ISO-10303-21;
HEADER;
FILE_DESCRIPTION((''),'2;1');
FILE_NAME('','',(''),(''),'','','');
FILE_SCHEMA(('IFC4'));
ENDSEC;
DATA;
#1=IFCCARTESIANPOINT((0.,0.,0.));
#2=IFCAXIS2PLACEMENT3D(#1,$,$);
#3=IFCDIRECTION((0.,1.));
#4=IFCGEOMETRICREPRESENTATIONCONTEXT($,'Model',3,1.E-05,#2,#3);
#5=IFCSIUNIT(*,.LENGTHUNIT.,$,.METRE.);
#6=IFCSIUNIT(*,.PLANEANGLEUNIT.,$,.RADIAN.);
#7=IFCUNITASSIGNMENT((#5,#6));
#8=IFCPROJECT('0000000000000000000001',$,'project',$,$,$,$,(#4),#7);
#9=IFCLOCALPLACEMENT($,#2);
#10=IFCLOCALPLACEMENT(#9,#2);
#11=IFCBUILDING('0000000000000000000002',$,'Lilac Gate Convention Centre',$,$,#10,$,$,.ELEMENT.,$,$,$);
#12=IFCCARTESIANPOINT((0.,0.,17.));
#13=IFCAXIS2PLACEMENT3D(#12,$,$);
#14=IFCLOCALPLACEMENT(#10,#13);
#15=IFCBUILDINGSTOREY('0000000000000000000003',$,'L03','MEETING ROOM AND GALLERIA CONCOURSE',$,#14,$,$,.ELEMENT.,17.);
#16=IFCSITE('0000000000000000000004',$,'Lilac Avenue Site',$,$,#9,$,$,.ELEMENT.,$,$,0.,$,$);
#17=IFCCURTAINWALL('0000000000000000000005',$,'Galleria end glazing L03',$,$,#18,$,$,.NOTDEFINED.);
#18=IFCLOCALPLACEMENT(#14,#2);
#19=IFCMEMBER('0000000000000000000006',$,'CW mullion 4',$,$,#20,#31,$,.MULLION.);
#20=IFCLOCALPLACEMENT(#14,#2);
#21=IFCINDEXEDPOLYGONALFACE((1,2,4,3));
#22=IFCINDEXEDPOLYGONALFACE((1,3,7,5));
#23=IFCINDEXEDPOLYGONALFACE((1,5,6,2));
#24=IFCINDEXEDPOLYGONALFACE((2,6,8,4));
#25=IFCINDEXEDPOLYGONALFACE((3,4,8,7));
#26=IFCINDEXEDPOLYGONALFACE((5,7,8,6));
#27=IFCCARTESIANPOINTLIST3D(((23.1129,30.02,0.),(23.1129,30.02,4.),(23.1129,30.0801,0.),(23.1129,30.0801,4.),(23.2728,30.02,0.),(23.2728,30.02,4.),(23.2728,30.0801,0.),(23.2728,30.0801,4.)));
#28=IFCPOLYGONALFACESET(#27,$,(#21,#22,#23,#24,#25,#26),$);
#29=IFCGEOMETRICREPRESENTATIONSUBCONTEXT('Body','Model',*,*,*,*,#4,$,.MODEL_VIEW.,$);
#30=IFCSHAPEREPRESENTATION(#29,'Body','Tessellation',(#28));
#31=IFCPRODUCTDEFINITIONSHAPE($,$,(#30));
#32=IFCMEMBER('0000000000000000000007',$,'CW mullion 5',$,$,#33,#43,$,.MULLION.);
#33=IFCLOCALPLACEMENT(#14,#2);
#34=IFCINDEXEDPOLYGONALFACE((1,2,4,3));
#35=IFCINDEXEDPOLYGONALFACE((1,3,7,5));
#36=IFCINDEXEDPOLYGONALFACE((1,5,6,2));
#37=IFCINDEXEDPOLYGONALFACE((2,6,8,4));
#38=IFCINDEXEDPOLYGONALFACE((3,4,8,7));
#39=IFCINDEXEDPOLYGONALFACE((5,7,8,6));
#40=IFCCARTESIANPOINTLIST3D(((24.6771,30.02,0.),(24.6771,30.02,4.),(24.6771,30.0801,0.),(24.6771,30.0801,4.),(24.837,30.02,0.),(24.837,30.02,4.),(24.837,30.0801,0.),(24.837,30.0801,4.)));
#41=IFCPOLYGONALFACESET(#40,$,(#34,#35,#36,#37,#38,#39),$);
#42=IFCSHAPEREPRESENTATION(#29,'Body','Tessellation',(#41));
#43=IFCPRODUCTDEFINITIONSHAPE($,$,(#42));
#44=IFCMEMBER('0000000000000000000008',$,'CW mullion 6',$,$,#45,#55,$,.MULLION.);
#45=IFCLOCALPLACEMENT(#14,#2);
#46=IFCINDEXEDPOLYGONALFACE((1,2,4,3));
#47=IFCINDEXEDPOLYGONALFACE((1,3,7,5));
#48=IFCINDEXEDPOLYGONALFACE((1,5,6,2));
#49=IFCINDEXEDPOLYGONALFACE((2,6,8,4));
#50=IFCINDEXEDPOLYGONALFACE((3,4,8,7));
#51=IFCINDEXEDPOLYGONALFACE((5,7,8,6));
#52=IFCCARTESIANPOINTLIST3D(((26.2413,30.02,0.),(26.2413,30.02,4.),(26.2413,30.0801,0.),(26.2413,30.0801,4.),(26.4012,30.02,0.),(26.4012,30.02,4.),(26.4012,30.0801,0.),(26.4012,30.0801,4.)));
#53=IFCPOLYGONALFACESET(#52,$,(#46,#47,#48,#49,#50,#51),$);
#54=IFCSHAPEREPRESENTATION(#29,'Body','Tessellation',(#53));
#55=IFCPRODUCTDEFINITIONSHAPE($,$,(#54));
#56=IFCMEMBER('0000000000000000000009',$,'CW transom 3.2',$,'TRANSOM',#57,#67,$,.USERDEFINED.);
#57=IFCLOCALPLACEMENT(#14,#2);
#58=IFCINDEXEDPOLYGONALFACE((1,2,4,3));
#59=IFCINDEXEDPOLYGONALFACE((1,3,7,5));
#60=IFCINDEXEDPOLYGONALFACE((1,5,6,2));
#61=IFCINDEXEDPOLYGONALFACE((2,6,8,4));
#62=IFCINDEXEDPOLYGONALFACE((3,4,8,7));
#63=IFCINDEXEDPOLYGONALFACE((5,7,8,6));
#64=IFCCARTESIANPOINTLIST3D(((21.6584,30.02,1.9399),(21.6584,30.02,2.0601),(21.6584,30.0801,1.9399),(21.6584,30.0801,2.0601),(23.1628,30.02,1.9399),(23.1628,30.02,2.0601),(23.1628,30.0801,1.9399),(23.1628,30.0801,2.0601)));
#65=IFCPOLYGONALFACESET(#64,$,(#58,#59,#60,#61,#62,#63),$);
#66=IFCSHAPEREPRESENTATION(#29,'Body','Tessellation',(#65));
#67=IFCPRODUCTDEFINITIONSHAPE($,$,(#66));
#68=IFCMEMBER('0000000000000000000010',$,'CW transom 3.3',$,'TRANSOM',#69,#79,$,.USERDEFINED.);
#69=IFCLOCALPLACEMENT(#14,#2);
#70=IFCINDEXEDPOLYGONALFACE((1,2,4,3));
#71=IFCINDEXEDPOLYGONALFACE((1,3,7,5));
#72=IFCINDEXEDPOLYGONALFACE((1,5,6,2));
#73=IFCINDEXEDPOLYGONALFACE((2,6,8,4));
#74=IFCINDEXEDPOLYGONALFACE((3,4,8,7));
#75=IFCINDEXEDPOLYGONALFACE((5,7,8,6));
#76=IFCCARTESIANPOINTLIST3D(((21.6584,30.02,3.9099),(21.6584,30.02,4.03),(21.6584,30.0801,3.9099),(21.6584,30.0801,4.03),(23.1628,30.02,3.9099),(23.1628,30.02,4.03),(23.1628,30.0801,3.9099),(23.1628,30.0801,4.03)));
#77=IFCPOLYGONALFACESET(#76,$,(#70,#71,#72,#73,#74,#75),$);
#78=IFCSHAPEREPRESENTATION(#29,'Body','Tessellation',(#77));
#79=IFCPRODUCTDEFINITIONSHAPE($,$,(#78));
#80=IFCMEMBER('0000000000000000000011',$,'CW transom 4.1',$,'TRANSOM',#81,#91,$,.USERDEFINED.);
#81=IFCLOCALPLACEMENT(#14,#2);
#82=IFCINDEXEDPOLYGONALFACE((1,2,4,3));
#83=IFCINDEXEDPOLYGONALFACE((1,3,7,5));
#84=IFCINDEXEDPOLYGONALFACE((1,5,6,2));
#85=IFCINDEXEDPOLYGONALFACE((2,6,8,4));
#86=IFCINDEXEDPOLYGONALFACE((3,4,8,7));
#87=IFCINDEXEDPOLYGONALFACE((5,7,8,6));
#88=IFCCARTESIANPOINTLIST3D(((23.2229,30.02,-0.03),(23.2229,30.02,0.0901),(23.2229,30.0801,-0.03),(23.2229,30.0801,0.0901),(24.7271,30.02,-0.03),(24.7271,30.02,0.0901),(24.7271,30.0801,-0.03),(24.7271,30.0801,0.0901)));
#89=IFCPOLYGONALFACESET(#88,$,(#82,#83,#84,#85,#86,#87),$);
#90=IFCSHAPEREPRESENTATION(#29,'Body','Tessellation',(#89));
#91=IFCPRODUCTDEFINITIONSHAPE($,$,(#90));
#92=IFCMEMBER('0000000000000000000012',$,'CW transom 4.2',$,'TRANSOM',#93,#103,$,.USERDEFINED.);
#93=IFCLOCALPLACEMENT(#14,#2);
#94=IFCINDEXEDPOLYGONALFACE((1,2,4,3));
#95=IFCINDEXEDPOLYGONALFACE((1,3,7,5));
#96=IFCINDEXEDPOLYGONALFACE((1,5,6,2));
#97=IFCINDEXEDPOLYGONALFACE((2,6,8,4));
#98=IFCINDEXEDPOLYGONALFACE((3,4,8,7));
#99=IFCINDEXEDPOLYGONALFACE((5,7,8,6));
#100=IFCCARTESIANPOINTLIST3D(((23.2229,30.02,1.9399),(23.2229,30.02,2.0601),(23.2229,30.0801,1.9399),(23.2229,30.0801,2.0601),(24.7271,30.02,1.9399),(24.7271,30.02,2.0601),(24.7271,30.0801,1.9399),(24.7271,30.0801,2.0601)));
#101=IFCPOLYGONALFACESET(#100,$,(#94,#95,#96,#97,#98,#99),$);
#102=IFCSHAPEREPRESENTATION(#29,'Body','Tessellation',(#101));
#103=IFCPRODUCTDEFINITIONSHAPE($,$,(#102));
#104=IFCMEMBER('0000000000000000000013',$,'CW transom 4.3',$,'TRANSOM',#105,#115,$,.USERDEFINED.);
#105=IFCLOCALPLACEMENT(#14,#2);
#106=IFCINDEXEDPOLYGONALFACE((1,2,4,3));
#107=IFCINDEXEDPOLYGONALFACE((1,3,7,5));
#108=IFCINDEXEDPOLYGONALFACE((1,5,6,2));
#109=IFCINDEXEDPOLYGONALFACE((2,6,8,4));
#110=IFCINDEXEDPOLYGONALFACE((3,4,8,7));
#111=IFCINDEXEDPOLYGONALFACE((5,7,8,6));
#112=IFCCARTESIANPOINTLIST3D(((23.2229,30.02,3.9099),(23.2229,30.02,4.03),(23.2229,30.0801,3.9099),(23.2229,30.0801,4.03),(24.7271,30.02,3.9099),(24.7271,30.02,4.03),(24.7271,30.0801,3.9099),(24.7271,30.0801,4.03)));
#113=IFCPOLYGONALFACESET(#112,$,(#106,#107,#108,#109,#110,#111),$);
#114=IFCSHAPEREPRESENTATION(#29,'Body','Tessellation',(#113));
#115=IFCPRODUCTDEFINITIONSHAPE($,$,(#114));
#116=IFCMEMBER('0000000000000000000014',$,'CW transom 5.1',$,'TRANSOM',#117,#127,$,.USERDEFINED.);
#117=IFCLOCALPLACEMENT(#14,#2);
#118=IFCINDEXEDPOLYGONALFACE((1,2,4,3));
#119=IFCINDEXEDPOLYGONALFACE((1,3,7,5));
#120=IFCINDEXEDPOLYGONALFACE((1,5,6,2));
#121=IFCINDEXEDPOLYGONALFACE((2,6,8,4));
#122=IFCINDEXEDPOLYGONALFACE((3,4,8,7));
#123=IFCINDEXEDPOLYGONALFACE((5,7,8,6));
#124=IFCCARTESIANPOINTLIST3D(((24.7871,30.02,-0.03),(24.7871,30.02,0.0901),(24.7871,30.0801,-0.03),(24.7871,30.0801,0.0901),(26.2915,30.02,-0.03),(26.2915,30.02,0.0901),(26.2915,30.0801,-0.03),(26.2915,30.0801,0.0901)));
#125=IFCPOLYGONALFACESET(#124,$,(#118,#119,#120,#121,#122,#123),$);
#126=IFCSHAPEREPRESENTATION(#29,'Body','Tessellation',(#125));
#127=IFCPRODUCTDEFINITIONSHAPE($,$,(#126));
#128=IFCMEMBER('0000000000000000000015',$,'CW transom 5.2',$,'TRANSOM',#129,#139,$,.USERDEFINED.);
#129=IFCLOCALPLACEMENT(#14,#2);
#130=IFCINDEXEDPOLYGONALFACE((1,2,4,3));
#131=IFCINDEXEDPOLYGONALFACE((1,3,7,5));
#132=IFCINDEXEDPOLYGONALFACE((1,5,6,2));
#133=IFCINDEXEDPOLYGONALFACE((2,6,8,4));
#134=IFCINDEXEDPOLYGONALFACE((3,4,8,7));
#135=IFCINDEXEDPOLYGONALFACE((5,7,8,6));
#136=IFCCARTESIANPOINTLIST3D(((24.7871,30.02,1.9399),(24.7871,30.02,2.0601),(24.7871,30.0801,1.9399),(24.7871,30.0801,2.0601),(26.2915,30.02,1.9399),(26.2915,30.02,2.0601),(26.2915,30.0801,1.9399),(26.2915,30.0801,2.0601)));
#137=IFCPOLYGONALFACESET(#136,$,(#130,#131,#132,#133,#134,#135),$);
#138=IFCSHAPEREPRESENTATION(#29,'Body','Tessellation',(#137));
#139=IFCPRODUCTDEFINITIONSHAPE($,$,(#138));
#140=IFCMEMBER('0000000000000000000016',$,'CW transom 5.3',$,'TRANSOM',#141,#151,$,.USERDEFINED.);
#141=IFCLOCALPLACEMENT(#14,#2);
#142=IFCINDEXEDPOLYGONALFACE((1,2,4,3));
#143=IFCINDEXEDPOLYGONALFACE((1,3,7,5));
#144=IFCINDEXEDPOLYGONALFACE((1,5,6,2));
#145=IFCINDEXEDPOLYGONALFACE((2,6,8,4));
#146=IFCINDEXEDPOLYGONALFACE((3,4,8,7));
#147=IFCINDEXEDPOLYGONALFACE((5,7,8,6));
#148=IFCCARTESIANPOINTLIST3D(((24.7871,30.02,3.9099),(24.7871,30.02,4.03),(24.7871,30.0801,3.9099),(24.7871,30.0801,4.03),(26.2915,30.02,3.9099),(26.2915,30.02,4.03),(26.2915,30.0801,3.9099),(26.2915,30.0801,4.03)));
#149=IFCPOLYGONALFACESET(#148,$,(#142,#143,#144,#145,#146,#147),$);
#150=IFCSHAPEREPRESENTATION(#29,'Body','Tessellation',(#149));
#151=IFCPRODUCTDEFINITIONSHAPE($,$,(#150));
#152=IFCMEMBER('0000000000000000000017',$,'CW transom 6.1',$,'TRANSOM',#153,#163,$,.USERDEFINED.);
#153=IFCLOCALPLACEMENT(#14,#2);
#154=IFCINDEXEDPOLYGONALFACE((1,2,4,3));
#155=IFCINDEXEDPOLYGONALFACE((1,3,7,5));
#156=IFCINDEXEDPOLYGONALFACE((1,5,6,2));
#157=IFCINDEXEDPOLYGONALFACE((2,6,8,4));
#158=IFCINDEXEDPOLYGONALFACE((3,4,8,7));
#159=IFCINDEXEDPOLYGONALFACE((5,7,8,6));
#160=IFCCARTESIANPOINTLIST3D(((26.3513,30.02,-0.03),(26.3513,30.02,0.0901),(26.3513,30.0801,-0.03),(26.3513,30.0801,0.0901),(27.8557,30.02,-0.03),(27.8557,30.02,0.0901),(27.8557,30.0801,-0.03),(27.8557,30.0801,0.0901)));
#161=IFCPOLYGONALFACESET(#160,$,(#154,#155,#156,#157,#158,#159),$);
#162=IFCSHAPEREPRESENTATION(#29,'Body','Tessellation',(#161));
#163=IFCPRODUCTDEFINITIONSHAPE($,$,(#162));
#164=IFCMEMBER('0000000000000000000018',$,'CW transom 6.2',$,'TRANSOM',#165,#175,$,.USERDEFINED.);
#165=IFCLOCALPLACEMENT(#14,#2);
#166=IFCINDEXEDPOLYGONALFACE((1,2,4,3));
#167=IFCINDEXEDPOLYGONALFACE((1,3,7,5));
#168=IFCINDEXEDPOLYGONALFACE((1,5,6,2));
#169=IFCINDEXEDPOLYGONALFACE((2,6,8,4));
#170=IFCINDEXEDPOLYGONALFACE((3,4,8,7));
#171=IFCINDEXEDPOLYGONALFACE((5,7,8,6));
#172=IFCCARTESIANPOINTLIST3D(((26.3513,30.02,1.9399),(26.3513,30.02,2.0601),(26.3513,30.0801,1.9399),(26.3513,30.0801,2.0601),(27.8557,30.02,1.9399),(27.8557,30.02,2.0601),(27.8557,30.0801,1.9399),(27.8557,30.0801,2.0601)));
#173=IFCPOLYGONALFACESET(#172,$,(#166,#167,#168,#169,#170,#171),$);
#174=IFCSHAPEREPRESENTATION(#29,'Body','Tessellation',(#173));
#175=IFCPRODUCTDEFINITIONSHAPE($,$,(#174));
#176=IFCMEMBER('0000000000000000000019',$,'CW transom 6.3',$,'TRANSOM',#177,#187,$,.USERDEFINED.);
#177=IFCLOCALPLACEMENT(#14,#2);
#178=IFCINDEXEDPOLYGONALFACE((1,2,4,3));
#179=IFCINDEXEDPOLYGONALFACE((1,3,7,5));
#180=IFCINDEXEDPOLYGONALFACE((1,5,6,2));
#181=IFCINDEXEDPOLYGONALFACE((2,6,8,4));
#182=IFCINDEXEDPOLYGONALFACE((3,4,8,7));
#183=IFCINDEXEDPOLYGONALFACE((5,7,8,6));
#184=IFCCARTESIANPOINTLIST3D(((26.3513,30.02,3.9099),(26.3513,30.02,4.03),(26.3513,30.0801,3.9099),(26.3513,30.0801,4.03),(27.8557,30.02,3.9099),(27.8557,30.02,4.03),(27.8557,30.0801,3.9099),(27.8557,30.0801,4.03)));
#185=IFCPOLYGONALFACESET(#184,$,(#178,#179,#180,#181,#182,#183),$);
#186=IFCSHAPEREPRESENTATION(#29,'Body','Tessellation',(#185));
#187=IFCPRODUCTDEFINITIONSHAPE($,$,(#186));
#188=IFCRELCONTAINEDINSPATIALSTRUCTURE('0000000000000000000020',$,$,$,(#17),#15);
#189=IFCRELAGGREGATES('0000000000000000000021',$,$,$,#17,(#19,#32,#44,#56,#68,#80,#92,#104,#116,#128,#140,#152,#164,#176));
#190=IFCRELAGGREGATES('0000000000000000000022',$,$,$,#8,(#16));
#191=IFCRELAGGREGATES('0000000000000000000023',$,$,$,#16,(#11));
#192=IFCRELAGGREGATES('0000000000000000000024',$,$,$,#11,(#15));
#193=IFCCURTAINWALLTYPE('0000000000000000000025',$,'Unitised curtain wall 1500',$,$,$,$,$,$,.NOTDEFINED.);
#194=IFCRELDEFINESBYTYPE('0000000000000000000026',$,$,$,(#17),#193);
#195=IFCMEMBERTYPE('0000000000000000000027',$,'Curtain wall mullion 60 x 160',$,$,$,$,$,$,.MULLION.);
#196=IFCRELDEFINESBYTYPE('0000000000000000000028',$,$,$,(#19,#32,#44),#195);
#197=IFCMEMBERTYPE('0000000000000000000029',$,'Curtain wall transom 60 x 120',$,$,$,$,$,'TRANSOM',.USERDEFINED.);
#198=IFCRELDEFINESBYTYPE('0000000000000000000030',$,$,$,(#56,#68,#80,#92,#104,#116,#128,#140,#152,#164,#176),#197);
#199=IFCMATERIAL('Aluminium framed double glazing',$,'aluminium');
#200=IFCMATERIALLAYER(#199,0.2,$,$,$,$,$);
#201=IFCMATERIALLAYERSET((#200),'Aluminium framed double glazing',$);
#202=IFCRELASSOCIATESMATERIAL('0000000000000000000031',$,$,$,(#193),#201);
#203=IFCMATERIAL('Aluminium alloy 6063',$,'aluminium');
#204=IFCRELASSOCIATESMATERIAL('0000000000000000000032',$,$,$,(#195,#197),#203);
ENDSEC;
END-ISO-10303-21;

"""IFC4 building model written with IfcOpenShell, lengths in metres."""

from ifc_helpers import new_model, si_unit, direction, frame, origin, origin_2d, place, context, subcontext, project, spatial, rectangle, extrude, material, layer, layer_set, material_profile, profile_set, type_object, element, aggregate, save


model = new_model("IFC4")

# Units and contexts
model_context = context("Model", 3, precision=1e-05, world=origin(), true_north=direction((0.0, 1.0)))
body_context = subcontext(model_context, "Body", "Model", "MODEL_VIEW")
ifc_project = project(units=[si_unit("LENGTHUNIT", "METRE"), si_unit("PLANEANGLEUNIT", "RADIAN")], contexts=[model_context])

# Site, building, storey
site_placement = place(None, origin())
site = spatial("IfcSite", under=ifc_project, at=site_placement, Name="Lilac Avenue Site", CompositionType="ELEMENT", RefElevation=0.0)
building_placement = place(site_placement, origin())
building = spatial("IfcBuilding", under=site, at=building_placement, Name="Lilac Gate Convention Centre", CompositionType="ELEMENT")
storey_placement = place(building_placement, frame((0.0, 0.0, 17.0)))
storey = spatial("IfcBuildingStorey", under=building, at=storey_placement, Name="L03", Description="MEETING ROOM AND GALLERIA CONCOURSE", CompositionType="ELEMENT", Elevation=17.0)

# Curtain wall, members
ifc_material_1 = material(Name="Aluminium framed double glazing", Category="aluminium")
ifc_layer_1 = layer(ifc_material_1, 0.2)
ifc_layer_set_1 = layer_set([ifc_layer_1], Name="Aluminium framed double glazing")
curtain_wall_type = type_object("IfcCurtainWallType", Name="Unitised curtain wall 1500", PredefinedType="NOTDEFINED", material=ifc_layer_set_1)
curtain_wall_placement = place(storey_placement, origin())
curtain_wall = element("IfcCurtainWall", 1, at=curtain_wall_placement, inside=storey, type_object=curtain_wall_type, Name="Galleria end glazing L03", PredefinedType="NOTDEFINED")
ifc_material_2 = material(Name="Aluminium alloy 6063", Category="aluminium")
ifc_material_profile_1 = material_profile(ifc_material_2, rectangle(XDim=0.0601, YDim=0.1599, at=origin_2d()), Name="Curtain wall mullion 60 x 160")
ifc_profile_set_1 = profile_set([ifc_material_profile_1], Name="Aluminium alloy 6063")
member_type_1 = type_object("IfcMemberType", Name="Curtain wall mullion 60 x 160", PredefinedType="MULLION", material=ifc_profile_set_1)
member_1_placement = place(storey_placement, frame((23.1929, 30.05, 0.0), z_axis=(0.0, 0.0, 1.0), x_axis=(0.0, 1.0, 0.0)))
member_1 = element("IfcMember", 2, at=member_1_placement, type_object=member_type_1, Name="CW mullion 4", PredefinedType="MULLION", context=body_context, shape_type="SweptSolid", body=[
    extrude(rectangle(XDim=0.0601, YDim=0.1599, at=origin_2d()), origin(), (0.0, 0.0, 1.0), 4.0),
])
member_2_placement = place(storey_placement, frame((24.7571, 30.05, 0.0), z_axis=(0.0, 0.0, 1.0), x_axis=(0.0, 1.0, 0.0)))
member_2 = element("IfcMember", 3, at=member_2_placement, type_object=member_type_1, Name="CW mullion 5", PredefinedType="MULLION", context=body_context, shape_type="SweptSolid", body=[
    extrude(rectangle(XDim=0.0601, YDim=0.1599, at=origin_2d()), origin(), (0.0, 0.0, 1.0), 4.0),
])
member_3_placement = place(storey_placement, frame((26.3213, 30.05, 0.0), z_axis=(0.0, 0.0, 1.0), x_axis=(0.0, 1.0, 0.0)))
member_3 = element("IfcMember", 4, at=member_3_placement, type_object=member_type_1, Name="CW mullion 6", PredefinedType="MULLION", context=body_context, shape_type="SweptSolid", body=[
    extrude(rectangle(XDim=0.0601, YDim=0.1599, at=origin_2d()), origin(), (0.0, 0.0, 1.0), 4.0),
])
ifc_material_profile_2 = material_profile(ifc_material_2, rectangle(XDim=0.0601, YDim=0.1201, at=origin_2d()), Name="Curtain wall transom 60 x 120")
ifc_profile_set_2 = profile_set([ifc_material_profile_2], Name="Aluminium alloy 6063")
member_type_2 = type_object("IfcMemberType", Name="Curtain wall transom 60 x 120", ElementType="TRANSOM", PredefinedType="USERDEFINED", material=ifc_profile_set_2)
member_4_placement = place(storey_placement, frame((21.6584, 30.05, 2.0), z_axis=(1.0, 0.0, 0.0), x_axis=(0.0, 1.0, 0.0)))
member_4 = element("IfcMember", 5, at=member_4_placement, type_object=member_type_2, Name="CW transom 3.2", ObjectType="TRANSOM", PredefinedType="USERDEFINED", context=body_context, shape_type="SweptSolid", body=[
    extrude(rectangle(XDim=0.0601, YDim=0.1201, at=origin_2d()), origin(), (0.0, 0.0, 1.0), 1.5044),
])
member_5_placement = place(storey_placement, frame((21.6584, 30.05, 3.97), z_axis=(1.0, 0.0, 0.0), x_axis=(0.0, 1.0, 0.0)))
member_5 = element("IfcMember", 6, at=member_5_placement, type_object=member_type_2, Name="CW transom 3.3", ObjectType="TRANSOM", PredefinedType="USERDEFINED", context=body_context, shape_type="SweptSolid", body=[
    extrude(rectangle(XDim=0.0601, YDim=0.1201, at=origin_2d()), origin(), (0.0, 0.0, 1.0), 1.5044),
])
member_6_placement = place(storey_placement, frame((23.2229, 30.05, 0.03), z_axis=(1.0, 0.0, 0.0), x_axis=(0.0, 1.0, 0.0)))
member_6 = element("IfcMember", 7, at=member_6_placement, type_object=member_type_2, Name="CW transom 4.1", ObjectType="TRANSOM", PredefinedType="USERDEFINED", context=body_context, shape_type="SweptSolid", body=[
    extrude(rectangle(XDim=0.0601, YDim=0.1201, at=origin_2d()), origin(), (0.0, 0.0, 1.0), 1.5042),
])
member_7_placement = place(storey_placement, frame((23.2229, 30.05, 2.0), z_axis=(1.0, 0.0, 0.0), x_axis=(0.0, 1.0, 0.0)))
member_7 = element("IfcMember", 8, at=member_7_placement, type_object=member_type_2, Name="CW transom 4.2", ObjectType="TRANSOM", PredefinedType="USERDEFINED", context=body_context, shape_type="SweptSolid", body=[
    extrude(rectangle(XDim=0.0601, YDim=0.1201, at=origin_2d()), origin(), (0.0, 0.0, 1.0), 1.5042),
])
member_8_placement = place(storey_placement, frame((23.2229, 30.05, 3.97), z_axis=(1.0, 0.0, 0.0), x_axis=(0.0, 1.0, 0.0)))
member_8 = element("IfcMember", 9, at=member_8_placement, type_object=member_type_2, Name="CW transom 4.3", ObjectType="TRANSOM", PredefinedType="USERDEFINED", context=body_context, shape_type="SweptSolid", body=[
    extrude(rectangle(XDim=0.0601, YDim=0.1201, at=origin_2d()), origin(), (0.0, 0.0, 1.0), 1.5042),
])
member_9_placement = place(storey_placement, frame((24.7871, 30.05, 0.03), z_axis=(1.0, 0.0, 0.0), x_axis=(0.0, 1.0, 0.0)))
member_9 = element("IfcMember", 10, at=member_9_placement, type_object=member_type_2, Name="CW transom 5.1", ObjectType="TRANSOM", PredefinedType="USERDEFINED", context=body_context, shape_type="SweptSolid", body=[
    extrude(rectangle(XDim=0.0601, YDim=0.1201, at=origin_2d()), origin(), (0.0, 0.0, 1.0), 1.5044),
])
member_10_placement = place(storey_placement, frame((24.7871, 30.05, 2.0), z_axis=(1.0, 0.0, 0.0), x_axis=(0.0, 1.0, 0.0)))
member_10 = element("IfcMember", 11, at=member_10_placement, type_object=member_type_2, Name="CW transom 5.2", ObjectType="TRANSOM", PredefinedType="USERDEFINED", context=body_context, shape_type="SweptSolid", body=[
    extrude(rectangle(XDim=0.0601, YDim=0.1201, at=origin_2d()), origin(), (0.0, 0.0, 1.0), 1.5044),
])
member_11_placement = place(storey_placement, frame((24.7871, 30.05, 3.97), z_axis=(1.0, 0.0, 0.0), x_axis=(0.0, 1.0, 0.0)))
member_11 = element("IfcMember", 12, at=member_11_placement, type_object=member_type_2, Name="CW transom 5.3", ObjectType="TRANSOM", PredefinedType="USERDEFINED", context=body_context, shape_type="SweptSolid", body=[
    extrude(rectangle(XDim=0.0601, YDim=0.1201, at=origin_2d()), origin(), (0.0, 0.0, 1.0), 1.5044),
])
member_12_placement = place(storey_placement, frame((26.3513, 30.05, 0.03), z_axis=(1.0, 0.0, 0.0), x_axis=(0.0, 1.0, 0.0)))
member_12 = element("IfcMember", 13, at=member_12_placement, type_object=member_type_2, Name="CW transom 6.1", ObjectType="TRANSOM", PredefinedType="USERDEFINED", context=body_context, shape_type="SweptSolid", body=[
    extrude(rectangle(XDim=0.0601, YDim=0.1201, at=origin_2d()), origin(), (0.0, 0.0, 1.0), 1.5044),
])
member_13_placement = place(storey_placement, frame((26.3513, 30.05, 2.0), z_axis=(1.0, 0.0, 0.0), x_axis=(0.0, 1.0, 0.0)))
member_13 = element("IfcMember", 14, at=member_13_placement, type_object=member_type_2, Name="CW transom 6.2", ObjectType="TRANSOM", PredefinedType="USERDEFINED", context=body_context, shape_type="SweptSolid", body=[
    extrude(rectangle(XDim=0.0601, YDim=0.1201, at=origin_2d()), origin(), (0.0, 0.0, 1.0), 1.5044),
])
member_14_placement = place(storey_placement, frame((26.3513, 30.05, 3.97), z_axis=(1.0, 0.0, 0.0), x_axis=(0.0, 1.0, 0.0)))
member_14 = element("IfcMember", 15, at=member_14_placement, type_object=member_type_2, Name="CW transom 6.3", ObjectType="TRANSOM", PredefinedType="USERDEFINED", context=body_context, shape_type="SweptSolid", body=[
    extrude(rectangle(XDim=0.0601, YDim=0.1201, at=origin_2d()), origin(), (0.0, 0.0, 1.0), 1.5044),
])
aggregate(curtain_wall, [member_1, member_2, member_3, member_4, member_5, member_6, member_7, member_8, member_9, member_10, member_11, member_12, member_13, member_14])

save(model, "model.ifc")
